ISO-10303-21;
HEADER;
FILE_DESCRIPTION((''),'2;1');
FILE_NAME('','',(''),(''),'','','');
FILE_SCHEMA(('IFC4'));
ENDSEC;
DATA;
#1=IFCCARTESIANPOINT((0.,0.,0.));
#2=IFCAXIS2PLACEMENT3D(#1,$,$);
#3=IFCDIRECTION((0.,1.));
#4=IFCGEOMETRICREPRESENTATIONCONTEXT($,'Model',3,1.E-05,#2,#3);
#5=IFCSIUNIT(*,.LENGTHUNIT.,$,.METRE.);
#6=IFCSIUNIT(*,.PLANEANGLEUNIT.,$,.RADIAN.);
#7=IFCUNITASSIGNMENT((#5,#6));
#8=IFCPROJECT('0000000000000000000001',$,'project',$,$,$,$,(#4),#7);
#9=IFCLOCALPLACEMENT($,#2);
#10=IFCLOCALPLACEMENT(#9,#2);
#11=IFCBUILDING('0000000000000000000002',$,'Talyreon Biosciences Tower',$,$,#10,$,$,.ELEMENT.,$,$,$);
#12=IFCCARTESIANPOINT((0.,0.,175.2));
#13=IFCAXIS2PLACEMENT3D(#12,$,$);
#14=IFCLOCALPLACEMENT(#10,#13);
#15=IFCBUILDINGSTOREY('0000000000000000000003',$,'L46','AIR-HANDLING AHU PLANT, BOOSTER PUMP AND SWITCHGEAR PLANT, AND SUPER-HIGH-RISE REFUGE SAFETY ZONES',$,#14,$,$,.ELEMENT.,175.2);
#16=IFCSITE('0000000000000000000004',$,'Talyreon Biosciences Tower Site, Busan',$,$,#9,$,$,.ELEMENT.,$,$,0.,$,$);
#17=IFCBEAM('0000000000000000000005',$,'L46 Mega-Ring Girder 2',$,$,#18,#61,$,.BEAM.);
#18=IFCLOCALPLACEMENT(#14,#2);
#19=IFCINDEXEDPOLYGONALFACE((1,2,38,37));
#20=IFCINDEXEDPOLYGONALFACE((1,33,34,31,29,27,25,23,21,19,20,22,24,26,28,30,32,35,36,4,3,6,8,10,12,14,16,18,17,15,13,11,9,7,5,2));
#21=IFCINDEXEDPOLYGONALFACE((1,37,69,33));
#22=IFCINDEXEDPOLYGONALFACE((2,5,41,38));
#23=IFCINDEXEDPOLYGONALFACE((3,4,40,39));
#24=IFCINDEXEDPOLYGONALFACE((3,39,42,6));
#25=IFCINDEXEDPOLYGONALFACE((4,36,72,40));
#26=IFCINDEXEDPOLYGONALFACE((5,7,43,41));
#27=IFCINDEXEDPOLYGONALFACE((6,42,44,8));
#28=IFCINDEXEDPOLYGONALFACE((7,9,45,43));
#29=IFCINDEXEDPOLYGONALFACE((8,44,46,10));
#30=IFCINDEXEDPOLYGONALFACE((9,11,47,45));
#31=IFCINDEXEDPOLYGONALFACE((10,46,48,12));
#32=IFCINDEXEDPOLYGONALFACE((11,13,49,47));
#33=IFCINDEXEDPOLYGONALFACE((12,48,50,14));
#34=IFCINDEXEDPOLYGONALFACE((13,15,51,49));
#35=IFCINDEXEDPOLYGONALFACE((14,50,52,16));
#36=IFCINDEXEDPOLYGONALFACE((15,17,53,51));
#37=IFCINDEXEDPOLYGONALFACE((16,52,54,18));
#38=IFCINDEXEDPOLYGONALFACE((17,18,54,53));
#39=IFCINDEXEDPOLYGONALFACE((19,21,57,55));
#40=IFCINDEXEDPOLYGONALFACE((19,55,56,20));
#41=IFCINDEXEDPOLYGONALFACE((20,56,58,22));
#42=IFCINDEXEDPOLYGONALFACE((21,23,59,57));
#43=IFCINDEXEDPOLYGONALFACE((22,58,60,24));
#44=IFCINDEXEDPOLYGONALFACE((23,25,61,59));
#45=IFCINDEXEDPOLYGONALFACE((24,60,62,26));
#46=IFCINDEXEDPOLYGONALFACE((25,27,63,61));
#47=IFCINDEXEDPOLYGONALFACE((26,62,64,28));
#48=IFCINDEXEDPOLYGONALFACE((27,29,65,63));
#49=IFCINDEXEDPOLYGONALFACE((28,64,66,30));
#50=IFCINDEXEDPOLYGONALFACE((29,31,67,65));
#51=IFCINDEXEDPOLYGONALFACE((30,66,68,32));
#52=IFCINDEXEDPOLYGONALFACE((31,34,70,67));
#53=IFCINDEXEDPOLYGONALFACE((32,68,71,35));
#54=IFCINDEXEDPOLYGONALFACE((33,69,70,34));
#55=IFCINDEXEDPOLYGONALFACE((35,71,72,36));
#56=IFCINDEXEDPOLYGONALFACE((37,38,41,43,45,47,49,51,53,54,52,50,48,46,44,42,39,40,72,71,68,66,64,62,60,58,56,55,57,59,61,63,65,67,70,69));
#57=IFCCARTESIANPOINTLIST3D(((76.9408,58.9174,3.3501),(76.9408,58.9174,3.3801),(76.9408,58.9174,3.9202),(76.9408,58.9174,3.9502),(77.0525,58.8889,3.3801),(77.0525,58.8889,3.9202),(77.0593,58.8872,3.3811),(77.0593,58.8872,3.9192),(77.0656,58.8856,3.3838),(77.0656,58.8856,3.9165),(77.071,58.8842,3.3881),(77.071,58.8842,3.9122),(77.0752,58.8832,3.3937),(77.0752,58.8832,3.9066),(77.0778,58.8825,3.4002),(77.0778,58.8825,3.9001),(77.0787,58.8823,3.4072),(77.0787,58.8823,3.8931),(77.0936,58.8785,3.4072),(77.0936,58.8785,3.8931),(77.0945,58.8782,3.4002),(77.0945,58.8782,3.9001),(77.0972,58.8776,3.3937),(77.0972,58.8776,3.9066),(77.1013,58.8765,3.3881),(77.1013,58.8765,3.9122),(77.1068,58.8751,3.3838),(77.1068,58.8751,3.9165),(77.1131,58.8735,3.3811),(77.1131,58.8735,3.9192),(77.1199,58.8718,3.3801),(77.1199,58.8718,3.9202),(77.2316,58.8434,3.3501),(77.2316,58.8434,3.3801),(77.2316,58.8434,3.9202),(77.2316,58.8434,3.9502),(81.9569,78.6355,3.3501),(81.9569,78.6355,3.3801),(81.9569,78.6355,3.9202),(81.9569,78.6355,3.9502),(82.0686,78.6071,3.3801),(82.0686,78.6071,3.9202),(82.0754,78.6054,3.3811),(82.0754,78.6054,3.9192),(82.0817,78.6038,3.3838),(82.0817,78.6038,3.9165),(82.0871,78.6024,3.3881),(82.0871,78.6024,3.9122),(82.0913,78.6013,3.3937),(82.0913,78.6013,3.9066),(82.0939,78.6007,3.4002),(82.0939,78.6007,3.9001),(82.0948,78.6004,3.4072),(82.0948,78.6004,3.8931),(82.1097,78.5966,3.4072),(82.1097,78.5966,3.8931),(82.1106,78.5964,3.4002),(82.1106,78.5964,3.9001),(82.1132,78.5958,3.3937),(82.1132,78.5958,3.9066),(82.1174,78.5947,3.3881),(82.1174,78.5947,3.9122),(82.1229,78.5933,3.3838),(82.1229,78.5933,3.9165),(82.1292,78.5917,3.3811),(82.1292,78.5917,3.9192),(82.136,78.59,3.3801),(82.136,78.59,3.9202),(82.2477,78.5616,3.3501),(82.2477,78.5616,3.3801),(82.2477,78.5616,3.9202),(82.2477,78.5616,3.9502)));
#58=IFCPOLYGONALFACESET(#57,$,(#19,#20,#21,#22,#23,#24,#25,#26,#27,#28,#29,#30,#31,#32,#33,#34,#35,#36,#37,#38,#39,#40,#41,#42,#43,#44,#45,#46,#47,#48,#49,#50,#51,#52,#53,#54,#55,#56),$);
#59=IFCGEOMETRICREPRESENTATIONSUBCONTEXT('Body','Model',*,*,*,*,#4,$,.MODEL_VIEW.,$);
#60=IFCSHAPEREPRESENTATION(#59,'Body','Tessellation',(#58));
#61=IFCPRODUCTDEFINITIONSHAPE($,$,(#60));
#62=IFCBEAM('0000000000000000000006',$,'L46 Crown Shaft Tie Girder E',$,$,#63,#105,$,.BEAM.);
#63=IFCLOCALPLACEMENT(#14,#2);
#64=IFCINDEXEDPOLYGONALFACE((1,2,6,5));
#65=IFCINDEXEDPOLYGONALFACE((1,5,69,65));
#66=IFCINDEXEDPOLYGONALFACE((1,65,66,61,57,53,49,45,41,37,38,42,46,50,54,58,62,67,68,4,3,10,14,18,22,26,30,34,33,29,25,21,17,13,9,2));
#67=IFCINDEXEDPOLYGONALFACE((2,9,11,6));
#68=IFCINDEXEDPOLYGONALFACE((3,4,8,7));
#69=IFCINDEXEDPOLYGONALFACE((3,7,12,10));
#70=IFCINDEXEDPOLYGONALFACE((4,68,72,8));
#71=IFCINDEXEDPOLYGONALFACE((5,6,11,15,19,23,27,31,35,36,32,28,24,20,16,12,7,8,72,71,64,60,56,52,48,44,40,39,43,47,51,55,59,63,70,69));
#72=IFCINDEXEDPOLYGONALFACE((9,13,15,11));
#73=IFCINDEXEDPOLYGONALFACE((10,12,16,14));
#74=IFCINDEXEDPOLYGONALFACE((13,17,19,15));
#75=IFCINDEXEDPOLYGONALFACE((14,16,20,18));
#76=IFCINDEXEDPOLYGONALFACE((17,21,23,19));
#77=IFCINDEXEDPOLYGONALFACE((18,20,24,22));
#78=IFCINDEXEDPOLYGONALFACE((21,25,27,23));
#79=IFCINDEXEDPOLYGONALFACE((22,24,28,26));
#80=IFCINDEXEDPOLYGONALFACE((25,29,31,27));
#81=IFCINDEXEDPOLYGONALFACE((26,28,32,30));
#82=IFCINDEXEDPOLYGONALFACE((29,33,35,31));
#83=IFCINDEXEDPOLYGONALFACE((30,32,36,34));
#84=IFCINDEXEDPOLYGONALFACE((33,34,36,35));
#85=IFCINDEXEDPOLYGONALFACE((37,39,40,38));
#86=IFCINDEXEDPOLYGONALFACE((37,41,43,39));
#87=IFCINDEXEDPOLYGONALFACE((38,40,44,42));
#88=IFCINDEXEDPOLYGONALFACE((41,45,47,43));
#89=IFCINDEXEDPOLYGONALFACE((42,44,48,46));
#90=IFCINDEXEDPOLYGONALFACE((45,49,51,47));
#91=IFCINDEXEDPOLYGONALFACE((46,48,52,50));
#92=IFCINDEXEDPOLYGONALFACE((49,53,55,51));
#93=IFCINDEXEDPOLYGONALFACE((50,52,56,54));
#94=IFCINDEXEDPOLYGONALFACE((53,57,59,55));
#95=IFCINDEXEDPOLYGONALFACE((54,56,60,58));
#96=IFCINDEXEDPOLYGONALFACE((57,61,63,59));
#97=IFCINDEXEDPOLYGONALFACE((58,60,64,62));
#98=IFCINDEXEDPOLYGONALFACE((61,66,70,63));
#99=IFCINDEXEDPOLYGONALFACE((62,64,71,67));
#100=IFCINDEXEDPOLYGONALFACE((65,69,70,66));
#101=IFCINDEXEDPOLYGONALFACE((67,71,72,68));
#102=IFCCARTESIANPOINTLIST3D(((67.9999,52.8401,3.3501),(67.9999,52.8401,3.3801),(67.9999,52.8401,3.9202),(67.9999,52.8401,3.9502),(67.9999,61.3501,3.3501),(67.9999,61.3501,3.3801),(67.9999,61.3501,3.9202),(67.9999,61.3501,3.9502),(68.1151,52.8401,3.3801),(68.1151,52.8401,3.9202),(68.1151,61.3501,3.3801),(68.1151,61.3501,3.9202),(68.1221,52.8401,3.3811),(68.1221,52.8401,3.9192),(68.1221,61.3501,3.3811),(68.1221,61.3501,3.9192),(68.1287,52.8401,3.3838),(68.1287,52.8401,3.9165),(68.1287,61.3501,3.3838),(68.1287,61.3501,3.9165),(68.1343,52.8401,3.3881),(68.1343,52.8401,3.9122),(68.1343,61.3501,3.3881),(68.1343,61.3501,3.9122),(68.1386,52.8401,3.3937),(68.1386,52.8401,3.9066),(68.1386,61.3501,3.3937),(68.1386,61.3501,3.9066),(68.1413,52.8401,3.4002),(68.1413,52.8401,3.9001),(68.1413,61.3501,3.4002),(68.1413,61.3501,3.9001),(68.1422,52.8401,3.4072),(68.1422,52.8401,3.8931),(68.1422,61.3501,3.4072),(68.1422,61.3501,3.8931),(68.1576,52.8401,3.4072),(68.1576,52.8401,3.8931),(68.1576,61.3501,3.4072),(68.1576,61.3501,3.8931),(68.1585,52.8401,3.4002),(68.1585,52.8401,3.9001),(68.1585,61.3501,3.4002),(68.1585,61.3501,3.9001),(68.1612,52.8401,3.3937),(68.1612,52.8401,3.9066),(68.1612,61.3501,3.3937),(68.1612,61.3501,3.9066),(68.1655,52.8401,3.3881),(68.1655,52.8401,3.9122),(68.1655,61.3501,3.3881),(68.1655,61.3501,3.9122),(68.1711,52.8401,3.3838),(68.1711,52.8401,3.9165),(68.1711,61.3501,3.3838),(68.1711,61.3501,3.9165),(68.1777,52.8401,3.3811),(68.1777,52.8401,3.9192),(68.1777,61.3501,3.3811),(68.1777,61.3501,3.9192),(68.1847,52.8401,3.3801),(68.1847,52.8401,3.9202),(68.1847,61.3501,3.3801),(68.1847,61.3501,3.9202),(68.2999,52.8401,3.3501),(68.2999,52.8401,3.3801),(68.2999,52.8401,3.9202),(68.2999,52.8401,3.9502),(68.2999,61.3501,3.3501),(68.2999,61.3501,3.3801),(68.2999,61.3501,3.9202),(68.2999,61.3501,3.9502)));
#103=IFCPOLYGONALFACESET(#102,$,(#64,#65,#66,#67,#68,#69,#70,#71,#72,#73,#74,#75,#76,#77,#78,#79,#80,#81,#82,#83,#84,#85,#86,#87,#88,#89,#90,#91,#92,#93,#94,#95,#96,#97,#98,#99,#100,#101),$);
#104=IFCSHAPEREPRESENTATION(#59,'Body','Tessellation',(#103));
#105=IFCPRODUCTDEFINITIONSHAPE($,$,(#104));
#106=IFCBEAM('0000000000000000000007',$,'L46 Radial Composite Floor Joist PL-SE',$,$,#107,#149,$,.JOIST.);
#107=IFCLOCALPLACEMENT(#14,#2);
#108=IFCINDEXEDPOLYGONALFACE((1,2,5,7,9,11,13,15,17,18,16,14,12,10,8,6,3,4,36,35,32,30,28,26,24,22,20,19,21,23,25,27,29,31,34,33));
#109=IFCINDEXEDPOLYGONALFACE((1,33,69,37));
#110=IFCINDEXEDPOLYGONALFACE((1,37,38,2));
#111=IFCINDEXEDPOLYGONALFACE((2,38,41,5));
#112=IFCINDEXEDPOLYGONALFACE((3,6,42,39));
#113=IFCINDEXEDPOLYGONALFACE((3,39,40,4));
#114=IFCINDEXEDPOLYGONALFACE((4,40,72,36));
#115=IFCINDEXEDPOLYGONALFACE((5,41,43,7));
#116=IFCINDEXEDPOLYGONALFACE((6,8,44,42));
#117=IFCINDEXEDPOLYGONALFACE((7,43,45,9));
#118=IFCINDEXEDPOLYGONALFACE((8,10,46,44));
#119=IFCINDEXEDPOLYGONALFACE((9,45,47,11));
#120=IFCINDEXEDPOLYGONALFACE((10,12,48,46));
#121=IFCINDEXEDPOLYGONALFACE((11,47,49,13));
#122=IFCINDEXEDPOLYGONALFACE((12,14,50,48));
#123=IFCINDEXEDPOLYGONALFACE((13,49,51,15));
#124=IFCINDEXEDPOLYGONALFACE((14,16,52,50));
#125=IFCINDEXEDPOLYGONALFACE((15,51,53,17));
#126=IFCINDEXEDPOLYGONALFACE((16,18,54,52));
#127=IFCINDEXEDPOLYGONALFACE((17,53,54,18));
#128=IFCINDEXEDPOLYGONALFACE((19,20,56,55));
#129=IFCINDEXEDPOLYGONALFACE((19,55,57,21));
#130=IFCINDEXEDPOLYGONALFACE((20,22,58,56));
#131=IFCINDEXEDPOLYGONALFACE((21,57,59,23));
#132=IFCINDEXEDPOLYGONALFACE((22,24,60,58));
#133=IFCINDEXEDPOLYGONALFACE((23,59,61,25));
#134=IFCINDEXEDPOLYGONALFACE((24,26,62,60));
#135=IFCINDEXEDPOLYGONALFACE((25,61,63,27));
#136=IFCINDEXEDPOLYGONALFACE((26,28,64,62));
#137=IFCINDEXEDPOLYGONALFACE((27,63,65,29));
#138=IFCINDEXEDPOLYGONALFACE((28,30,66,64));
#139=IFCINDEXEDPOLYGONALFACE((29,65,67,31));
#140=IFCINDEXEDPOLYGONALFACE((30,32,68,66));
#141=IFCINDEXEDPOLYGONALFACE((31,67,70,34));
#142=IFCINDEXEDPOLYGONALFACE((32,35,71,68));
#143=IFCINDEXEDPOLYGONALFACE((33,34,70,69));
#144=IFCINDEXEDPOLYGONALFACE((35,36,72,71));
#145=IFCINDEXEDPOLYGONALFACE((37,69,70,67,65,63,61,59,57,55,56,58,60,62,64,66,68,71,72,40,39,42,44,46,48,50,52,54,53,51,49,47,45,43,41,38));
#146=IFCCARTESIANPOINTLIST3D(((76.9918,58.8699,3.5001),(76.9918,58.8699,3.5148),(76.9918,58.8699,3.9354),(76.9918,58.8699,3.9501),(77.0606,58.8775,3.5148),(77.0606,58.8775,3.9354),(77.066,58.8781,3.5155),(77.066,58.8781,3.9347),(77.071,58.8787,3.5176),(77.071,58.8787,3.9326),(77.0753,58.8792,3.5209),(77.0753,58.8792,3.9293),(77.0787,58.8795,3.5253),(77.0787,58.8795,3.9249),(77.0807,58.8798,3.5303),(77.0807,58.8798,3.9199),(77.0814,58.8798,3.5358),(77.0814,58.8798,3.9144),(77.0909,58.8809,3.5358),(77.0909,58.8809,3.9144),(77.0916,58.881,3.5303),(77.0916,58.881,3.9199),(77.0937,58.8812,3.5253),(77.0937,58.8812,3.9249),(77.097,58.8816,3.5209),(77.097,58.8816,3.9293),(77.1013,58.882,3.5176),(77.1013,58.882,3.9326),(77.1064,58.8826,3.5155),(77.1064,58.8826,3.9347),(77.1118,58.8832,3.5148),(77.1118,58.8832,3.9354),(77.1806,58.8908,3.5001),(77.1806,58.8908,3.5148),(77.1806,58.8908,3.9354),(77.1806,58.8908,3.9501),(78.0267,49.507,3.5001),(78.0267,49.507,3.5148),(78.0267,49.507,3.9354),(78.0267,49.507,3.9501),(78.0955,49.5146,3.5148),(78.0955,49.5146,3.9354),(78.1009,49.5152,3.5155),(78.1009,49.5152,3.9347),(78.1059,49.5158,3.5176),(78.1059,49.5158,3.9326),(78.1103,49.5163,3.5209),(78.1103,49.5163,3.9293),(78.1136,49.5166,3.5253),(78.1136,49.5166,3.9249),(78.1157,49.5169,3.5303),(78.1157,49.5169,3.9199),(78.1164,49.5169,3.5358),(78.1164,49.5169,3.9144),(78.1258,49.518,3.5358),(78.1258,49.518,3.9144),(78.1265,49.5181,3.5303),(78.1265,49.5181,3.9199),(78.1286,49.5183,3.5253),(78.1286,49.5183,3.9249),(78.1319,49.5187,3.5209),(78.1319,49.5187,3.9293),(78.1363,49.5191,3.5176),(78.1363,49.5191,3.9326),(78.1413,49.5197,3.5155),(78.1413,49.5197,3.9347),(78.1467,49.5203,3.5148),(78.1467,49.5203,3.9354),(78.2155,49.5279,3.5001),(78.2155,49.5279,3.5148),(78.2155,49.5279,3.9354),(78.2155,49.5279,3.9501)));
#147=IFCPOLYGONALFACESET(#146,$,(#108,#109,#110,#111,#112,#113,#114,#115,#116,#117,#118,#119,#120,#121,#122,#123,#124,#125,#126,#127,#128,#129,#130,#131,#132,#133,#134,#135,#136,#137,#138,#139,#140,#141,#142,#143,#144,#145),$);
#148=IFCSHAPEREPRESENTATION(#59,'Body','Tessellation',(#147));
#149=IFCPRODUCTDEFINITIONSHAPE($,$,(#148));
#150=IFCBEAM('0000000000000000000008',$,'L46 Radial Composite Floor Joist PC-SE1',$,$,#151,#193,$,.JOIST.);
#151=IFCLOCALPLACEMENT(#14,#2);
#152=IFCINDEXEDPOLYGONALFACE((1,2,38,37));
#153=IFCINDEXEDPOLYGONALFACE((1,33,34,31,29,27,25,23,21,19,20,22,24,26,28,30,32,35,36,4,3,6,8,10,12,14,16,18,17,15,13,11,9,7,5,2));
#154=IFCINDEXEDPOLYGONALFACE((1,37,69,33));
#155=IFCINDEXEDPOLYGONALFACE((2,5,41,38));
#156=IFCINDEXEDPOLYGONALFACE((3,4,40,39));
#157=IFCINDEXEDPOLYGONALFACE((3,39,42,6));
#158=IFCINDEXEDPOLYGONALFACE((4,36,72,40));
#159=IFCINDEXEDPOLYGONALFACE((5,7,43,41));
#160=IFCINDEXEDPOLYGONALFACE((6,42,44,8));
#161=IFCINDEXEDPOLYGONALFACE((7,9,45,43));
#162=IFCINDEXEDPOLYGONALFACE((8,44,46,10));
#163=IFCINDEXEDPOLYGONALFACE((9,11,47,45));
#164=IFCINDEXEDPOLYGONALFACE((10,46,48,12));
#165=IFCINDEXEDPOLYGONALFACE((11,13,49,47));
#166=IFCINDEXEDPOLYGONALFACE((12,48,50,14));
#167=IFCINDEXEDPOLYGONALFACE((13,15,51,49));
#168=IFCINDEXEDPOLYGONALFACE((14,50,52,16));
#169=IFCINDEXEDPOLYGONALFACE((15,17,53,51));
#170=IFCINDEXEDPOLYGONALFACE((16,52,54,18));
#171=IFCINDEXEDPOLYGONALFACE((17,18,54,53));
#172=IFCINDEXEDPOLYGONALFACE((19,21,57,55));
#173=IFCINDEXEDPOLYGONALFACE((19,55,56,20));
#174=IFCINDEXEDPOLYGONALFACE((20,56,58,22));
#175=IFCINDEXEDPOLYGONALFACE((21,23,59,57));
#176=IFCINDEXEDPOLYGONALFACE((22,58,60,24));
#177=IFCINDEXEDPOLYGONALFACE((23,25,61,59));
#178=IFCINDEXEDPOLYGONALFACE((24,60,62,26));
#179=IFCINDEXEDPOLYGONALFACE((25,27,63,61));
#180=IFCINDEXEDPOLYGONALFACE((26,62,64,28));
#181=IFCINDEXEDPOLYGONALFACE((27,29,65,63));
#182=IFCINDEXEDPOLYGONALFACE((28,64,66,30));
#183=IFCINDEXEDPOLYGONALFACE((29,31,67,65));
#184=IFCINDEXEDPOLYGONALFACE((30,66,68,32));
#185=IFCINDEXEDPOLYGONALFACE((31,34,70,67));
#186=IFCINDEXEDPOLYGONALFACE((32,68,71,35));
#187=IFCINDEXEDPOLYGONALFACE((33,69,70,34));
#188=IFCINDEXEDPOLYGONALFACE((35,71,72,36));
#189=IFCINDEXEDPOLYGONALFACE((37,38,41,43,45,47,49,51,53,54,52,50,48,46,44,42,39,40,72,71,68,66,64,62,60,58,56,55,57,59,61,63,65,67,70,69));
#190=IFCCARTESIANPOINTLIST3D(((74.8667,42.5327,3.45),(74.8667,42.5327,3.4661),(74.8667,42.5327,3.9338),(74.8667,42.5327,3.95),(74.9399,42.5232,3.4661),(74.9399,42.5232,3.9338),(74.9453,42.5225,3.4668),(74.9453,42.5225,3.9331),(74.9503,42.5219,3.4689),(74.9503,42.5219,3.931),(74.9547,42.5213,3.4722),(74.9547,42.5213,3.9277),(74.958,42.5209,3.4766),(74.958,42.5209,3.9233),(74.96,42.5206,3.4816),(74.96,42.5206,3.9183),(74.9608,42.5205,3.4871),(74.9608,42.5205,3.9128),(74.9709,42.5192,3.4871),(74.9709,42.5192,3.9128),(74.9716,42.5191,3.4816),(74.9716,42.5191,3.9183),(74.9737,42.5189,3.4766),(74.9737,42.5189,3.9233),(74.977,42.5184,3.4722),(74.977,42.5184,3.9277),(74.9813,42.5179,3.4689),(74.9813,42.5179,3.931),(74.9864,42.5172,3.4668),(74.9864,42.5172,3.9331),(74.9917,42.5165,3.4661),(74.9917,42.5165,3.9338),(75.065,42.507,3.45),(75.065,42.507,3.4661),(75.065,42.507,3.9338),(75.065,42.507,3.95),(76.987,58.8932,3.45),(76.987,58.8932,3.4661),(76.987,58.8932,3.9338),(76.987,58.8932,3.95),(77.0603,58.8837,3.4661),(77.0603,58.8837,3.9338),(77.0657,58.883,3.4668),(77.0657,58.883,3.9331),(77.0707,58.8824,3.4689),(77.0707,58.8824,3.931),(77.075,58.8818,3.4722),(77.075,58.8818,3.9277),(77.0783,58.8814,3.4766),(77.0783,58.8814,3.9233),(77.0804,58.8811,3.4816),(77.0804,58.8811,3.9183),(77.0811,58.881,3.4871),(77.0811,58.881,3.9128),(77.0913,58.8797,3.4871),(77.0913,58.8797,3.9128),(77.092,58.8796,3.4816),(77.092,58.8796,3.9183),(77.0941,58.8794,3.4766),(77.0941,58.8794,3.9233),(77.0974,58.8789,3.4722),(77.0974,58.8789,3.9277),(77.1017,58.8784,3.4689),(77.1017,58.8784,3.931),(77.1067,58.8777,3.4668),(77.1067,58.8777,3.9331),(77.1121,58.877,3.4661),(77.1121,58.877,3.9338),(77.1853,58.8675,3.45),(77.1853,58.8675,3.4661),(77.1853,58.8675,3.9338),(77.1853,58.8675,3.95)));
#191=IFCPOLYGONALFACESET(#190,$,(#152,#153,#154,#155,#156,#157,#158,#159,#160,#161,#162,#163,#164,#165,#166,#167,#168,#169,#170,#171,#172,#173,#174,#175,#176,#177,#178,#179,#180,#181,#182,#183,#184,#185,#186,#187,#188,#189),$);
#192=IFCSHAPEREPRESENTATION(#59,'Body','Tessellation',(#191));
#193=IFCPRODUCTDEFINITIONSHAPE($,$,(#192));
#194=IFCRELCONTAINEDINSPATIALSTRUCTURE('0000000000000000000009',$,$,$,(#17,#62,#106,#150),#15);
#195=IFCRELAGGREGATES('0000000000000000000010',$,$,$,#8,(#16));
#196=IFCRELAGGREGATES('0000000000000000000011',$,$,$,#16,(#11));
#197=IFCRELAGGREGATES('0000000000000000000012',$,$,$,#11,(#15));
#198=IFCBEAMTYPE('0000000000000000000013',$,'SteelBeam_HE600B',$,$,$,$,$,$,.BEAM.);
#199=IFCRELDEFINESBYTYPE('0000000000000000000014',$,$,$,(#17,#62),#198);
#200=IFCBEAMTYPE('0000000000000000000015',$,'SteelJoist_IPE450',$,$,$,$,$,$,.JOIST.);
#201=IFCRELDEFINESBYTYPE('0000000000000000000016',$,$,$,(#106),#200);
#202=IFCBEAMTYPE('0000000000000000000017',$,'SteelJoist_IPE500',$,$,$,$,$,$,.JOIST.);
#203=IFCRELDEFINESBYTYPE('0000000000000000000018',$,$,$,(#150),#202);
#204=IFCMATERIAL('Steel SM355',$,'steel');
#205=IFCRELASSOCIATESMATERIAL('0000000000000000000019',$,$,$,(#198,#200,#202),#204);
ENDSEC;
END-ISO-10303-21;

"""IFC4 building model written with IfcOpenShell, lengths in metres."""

from ifc_helpers import new_model, si_unit, direction, frame, origin, origin_2d, place, context, subcontext, project, spatial, i_section, extrude, material, material_profile, profile_set, type_object, element, save


model = new_model("IFC4")

# Units and contexts
model_context = context("Model", 3, precision=1e-05, world=origin(), true_north=direction((0.0, 1.0)))
body_context = subcontext(model_context, "Body", "Model", "MODEL_VIEW")
ifc_project = project(units=[si_unit("LENGTHUNIT", "METRE"), si_unit("PLANEANGLEUNIT", "RADIAN")], contexts=[model_context])

# Site, building, storey
site_placement = place(None, origin())
site = spatial("IfcSite", under=ifc_project, at=site_placement, Name="Talyreon Biosciences Tower Site, Busan", CompositionType="ELEMENT", RefElevation=0.0)
building_placement = place(site_placement, origin())
building = spatial("IfcBuilding", under=site, at=building_placement, Name="Talyreon Biosciences Tower", CompositionType="ELEMENT")
storey_placement = place(building_placement, frame((0.0, 0.0, 175.2)))
storey = spatial("IfcBuildingStorey", under=building, at=storey_placement, Name="L46", Description="AIR-HANDLING AHU PLANT, BOOSTER PUMP AND SWITCHGEAR PLANT, AND SUPER-HIGH-RISE REFUGE SAFETY ZONES", CompositionType="ELEMENT", Elevation=175.2)

# Shared definitions
ifc_material_1 = material(Name="Steel SM355", Category="steel")

# Beams
ifc_material_profile_1 = material_profile(ifc_material_1, i_section(OverallWidth=0.3, OverallDepth=0.6001, WebThickness=0.0154, FlangeThickness=0.03, FilletRadius=0.0271, at=origin_2d()), Name="HE600B")
ifc_profile_set_1 = profile_set([ifc_material_profile_1], Name="Steel SM355")
beam_type_1 = type_object("IfcBeamType", Name="SteelBeam_HE600B", PredefinedType="BEAM", material=ifc_profile_set_1)
beam_1_placement = place(storey_placement, frame((77.0862, 58.8804, 3.6501), z_axis=(0.246537, 0.969133, 0.0), x_axis=(-0.969133, 0.246537, 0.0)))
element("IfcBeam", 1, at=beam_1_placement, inside=storey, type_object=beam_type_1, Name="L46 Mega-Ring Girder 2", PredefinedType="BEAM", context=body_context, shape_type="SweptSolid", body=[
    extrude(i_section(OverallWidth=0.3, OverallDepth=0.6001, WebThickness=0.0154, FlangeThickness=0.03, FilletRadius=0.0271, at=origin_2d()), origin(), (0.0, 0.0, 1.0), 20.3462),
])
beam_2_placement = place(storey_placement, frame((68.1499, 52.8401, 3.6501), z_axis=(0.0, 1.0, 0.0), x_axis=(-1.0, 0.0, 0.0)))
element("IfcBeam", 2, at=beam_2_placement, inside=storey, type_object=beam_type_1, Name="L46 Crown Shaft Tie Girder E", PredefinedType="BEAM", context=body_context, shape_type="SweptSolid", body=[
    extrude(i_section(OverallWidth=0.3, OverallDepth=0.6001, WebThickness=0.0154, FlangeThickness=0.03, FilletRadius=0.0271, at=origin_2d()), origin(), (0.0, 0.0, 1.0), 8.51),
])
ifc_material_profile_2 = material_profile(ifc_material_1, i_section(OverallWidth=0.1899, OverallDepth=0.45, WebThickness=0.0095, FlangeThickness=0.0146, FilletRadius=0.021, at=origin_2d()), Name="IPE450")
ifc_profile_set_2 = profile_set([ifc_material_profile_2], Name="Steel SM355")
beam_type_2 = type_object("IfcBeamType", Name="SteelJoist_IPE450", PredefinedType="JOIST", material=ifc_profile_set_2)
beam_3_placement = place(storey_placement, frame((77.0862, 58.8804, 3.7251), z_axis=(0.109865, -0.993946, 0.0), x_axis=(0.993946, 0.109865, 0.0)))
element("IfcBeam", 3, at=beam_3_placement, inside=storey, type_object=beam_type_2, Name="L46 Radial Composite Floor Joist PL-SE", PredefinedType="JOIST", context=body_context, shape_type="SweptSolid", body=[
    extrude(i_section(OverallWidth=0.1899, OverallDepth=0.45, WebThickness=0.0095, FlangeThickness=0.0146, FilletRadius=0.021, at=origin_2d()), origin(), (0.0, 0.0, 1.0), 9.4199),
])
ifc_material_profile_3 = material_profile(ifc_material_1, i_section(OverallWidth=0.2, OverallDepth=0.5, WebThickness=0.0103, FlangeThickness=0.0161, FilletRadius=0.021, at=origin_2d()), Name="IPE500")
ifc_profile_set_3 = profile_set([ifc_material_profile_3], Name="Steel SM355")
beam_type_3 = type_object("IfcBeamType", Name="SteelJoist_IPE500", PredefinedType="JOIST", material=ifc_profile_set_3)
beam_4_placement = place(storey_placement, frame((77.0862, 58.8804, 3.7), z_axis=(-0.128527, -0.991706, 0.0), x_axis=(0.991706, -0.128527, 0.0)))
element("IfcBeam", 4, at=beam_4_placement, inside=storey, type_object=beam_type_3, Name="L46 Radial Composite Floor Joist PC-SE1", PredefinedType="JOIST", context=body_context, shape_type="SweptSolid", body=[
    extrude(i_section(OverallWidth=0.2, OverallDepth=0.5, WebThickness=0.0103, FlangeThickness=0.0161, FilletRadius=0.021, at=origin_2d()), origin(), (0.0, 0.0, 1.0), 16.4973),
])

save(model, "model.ifc")
